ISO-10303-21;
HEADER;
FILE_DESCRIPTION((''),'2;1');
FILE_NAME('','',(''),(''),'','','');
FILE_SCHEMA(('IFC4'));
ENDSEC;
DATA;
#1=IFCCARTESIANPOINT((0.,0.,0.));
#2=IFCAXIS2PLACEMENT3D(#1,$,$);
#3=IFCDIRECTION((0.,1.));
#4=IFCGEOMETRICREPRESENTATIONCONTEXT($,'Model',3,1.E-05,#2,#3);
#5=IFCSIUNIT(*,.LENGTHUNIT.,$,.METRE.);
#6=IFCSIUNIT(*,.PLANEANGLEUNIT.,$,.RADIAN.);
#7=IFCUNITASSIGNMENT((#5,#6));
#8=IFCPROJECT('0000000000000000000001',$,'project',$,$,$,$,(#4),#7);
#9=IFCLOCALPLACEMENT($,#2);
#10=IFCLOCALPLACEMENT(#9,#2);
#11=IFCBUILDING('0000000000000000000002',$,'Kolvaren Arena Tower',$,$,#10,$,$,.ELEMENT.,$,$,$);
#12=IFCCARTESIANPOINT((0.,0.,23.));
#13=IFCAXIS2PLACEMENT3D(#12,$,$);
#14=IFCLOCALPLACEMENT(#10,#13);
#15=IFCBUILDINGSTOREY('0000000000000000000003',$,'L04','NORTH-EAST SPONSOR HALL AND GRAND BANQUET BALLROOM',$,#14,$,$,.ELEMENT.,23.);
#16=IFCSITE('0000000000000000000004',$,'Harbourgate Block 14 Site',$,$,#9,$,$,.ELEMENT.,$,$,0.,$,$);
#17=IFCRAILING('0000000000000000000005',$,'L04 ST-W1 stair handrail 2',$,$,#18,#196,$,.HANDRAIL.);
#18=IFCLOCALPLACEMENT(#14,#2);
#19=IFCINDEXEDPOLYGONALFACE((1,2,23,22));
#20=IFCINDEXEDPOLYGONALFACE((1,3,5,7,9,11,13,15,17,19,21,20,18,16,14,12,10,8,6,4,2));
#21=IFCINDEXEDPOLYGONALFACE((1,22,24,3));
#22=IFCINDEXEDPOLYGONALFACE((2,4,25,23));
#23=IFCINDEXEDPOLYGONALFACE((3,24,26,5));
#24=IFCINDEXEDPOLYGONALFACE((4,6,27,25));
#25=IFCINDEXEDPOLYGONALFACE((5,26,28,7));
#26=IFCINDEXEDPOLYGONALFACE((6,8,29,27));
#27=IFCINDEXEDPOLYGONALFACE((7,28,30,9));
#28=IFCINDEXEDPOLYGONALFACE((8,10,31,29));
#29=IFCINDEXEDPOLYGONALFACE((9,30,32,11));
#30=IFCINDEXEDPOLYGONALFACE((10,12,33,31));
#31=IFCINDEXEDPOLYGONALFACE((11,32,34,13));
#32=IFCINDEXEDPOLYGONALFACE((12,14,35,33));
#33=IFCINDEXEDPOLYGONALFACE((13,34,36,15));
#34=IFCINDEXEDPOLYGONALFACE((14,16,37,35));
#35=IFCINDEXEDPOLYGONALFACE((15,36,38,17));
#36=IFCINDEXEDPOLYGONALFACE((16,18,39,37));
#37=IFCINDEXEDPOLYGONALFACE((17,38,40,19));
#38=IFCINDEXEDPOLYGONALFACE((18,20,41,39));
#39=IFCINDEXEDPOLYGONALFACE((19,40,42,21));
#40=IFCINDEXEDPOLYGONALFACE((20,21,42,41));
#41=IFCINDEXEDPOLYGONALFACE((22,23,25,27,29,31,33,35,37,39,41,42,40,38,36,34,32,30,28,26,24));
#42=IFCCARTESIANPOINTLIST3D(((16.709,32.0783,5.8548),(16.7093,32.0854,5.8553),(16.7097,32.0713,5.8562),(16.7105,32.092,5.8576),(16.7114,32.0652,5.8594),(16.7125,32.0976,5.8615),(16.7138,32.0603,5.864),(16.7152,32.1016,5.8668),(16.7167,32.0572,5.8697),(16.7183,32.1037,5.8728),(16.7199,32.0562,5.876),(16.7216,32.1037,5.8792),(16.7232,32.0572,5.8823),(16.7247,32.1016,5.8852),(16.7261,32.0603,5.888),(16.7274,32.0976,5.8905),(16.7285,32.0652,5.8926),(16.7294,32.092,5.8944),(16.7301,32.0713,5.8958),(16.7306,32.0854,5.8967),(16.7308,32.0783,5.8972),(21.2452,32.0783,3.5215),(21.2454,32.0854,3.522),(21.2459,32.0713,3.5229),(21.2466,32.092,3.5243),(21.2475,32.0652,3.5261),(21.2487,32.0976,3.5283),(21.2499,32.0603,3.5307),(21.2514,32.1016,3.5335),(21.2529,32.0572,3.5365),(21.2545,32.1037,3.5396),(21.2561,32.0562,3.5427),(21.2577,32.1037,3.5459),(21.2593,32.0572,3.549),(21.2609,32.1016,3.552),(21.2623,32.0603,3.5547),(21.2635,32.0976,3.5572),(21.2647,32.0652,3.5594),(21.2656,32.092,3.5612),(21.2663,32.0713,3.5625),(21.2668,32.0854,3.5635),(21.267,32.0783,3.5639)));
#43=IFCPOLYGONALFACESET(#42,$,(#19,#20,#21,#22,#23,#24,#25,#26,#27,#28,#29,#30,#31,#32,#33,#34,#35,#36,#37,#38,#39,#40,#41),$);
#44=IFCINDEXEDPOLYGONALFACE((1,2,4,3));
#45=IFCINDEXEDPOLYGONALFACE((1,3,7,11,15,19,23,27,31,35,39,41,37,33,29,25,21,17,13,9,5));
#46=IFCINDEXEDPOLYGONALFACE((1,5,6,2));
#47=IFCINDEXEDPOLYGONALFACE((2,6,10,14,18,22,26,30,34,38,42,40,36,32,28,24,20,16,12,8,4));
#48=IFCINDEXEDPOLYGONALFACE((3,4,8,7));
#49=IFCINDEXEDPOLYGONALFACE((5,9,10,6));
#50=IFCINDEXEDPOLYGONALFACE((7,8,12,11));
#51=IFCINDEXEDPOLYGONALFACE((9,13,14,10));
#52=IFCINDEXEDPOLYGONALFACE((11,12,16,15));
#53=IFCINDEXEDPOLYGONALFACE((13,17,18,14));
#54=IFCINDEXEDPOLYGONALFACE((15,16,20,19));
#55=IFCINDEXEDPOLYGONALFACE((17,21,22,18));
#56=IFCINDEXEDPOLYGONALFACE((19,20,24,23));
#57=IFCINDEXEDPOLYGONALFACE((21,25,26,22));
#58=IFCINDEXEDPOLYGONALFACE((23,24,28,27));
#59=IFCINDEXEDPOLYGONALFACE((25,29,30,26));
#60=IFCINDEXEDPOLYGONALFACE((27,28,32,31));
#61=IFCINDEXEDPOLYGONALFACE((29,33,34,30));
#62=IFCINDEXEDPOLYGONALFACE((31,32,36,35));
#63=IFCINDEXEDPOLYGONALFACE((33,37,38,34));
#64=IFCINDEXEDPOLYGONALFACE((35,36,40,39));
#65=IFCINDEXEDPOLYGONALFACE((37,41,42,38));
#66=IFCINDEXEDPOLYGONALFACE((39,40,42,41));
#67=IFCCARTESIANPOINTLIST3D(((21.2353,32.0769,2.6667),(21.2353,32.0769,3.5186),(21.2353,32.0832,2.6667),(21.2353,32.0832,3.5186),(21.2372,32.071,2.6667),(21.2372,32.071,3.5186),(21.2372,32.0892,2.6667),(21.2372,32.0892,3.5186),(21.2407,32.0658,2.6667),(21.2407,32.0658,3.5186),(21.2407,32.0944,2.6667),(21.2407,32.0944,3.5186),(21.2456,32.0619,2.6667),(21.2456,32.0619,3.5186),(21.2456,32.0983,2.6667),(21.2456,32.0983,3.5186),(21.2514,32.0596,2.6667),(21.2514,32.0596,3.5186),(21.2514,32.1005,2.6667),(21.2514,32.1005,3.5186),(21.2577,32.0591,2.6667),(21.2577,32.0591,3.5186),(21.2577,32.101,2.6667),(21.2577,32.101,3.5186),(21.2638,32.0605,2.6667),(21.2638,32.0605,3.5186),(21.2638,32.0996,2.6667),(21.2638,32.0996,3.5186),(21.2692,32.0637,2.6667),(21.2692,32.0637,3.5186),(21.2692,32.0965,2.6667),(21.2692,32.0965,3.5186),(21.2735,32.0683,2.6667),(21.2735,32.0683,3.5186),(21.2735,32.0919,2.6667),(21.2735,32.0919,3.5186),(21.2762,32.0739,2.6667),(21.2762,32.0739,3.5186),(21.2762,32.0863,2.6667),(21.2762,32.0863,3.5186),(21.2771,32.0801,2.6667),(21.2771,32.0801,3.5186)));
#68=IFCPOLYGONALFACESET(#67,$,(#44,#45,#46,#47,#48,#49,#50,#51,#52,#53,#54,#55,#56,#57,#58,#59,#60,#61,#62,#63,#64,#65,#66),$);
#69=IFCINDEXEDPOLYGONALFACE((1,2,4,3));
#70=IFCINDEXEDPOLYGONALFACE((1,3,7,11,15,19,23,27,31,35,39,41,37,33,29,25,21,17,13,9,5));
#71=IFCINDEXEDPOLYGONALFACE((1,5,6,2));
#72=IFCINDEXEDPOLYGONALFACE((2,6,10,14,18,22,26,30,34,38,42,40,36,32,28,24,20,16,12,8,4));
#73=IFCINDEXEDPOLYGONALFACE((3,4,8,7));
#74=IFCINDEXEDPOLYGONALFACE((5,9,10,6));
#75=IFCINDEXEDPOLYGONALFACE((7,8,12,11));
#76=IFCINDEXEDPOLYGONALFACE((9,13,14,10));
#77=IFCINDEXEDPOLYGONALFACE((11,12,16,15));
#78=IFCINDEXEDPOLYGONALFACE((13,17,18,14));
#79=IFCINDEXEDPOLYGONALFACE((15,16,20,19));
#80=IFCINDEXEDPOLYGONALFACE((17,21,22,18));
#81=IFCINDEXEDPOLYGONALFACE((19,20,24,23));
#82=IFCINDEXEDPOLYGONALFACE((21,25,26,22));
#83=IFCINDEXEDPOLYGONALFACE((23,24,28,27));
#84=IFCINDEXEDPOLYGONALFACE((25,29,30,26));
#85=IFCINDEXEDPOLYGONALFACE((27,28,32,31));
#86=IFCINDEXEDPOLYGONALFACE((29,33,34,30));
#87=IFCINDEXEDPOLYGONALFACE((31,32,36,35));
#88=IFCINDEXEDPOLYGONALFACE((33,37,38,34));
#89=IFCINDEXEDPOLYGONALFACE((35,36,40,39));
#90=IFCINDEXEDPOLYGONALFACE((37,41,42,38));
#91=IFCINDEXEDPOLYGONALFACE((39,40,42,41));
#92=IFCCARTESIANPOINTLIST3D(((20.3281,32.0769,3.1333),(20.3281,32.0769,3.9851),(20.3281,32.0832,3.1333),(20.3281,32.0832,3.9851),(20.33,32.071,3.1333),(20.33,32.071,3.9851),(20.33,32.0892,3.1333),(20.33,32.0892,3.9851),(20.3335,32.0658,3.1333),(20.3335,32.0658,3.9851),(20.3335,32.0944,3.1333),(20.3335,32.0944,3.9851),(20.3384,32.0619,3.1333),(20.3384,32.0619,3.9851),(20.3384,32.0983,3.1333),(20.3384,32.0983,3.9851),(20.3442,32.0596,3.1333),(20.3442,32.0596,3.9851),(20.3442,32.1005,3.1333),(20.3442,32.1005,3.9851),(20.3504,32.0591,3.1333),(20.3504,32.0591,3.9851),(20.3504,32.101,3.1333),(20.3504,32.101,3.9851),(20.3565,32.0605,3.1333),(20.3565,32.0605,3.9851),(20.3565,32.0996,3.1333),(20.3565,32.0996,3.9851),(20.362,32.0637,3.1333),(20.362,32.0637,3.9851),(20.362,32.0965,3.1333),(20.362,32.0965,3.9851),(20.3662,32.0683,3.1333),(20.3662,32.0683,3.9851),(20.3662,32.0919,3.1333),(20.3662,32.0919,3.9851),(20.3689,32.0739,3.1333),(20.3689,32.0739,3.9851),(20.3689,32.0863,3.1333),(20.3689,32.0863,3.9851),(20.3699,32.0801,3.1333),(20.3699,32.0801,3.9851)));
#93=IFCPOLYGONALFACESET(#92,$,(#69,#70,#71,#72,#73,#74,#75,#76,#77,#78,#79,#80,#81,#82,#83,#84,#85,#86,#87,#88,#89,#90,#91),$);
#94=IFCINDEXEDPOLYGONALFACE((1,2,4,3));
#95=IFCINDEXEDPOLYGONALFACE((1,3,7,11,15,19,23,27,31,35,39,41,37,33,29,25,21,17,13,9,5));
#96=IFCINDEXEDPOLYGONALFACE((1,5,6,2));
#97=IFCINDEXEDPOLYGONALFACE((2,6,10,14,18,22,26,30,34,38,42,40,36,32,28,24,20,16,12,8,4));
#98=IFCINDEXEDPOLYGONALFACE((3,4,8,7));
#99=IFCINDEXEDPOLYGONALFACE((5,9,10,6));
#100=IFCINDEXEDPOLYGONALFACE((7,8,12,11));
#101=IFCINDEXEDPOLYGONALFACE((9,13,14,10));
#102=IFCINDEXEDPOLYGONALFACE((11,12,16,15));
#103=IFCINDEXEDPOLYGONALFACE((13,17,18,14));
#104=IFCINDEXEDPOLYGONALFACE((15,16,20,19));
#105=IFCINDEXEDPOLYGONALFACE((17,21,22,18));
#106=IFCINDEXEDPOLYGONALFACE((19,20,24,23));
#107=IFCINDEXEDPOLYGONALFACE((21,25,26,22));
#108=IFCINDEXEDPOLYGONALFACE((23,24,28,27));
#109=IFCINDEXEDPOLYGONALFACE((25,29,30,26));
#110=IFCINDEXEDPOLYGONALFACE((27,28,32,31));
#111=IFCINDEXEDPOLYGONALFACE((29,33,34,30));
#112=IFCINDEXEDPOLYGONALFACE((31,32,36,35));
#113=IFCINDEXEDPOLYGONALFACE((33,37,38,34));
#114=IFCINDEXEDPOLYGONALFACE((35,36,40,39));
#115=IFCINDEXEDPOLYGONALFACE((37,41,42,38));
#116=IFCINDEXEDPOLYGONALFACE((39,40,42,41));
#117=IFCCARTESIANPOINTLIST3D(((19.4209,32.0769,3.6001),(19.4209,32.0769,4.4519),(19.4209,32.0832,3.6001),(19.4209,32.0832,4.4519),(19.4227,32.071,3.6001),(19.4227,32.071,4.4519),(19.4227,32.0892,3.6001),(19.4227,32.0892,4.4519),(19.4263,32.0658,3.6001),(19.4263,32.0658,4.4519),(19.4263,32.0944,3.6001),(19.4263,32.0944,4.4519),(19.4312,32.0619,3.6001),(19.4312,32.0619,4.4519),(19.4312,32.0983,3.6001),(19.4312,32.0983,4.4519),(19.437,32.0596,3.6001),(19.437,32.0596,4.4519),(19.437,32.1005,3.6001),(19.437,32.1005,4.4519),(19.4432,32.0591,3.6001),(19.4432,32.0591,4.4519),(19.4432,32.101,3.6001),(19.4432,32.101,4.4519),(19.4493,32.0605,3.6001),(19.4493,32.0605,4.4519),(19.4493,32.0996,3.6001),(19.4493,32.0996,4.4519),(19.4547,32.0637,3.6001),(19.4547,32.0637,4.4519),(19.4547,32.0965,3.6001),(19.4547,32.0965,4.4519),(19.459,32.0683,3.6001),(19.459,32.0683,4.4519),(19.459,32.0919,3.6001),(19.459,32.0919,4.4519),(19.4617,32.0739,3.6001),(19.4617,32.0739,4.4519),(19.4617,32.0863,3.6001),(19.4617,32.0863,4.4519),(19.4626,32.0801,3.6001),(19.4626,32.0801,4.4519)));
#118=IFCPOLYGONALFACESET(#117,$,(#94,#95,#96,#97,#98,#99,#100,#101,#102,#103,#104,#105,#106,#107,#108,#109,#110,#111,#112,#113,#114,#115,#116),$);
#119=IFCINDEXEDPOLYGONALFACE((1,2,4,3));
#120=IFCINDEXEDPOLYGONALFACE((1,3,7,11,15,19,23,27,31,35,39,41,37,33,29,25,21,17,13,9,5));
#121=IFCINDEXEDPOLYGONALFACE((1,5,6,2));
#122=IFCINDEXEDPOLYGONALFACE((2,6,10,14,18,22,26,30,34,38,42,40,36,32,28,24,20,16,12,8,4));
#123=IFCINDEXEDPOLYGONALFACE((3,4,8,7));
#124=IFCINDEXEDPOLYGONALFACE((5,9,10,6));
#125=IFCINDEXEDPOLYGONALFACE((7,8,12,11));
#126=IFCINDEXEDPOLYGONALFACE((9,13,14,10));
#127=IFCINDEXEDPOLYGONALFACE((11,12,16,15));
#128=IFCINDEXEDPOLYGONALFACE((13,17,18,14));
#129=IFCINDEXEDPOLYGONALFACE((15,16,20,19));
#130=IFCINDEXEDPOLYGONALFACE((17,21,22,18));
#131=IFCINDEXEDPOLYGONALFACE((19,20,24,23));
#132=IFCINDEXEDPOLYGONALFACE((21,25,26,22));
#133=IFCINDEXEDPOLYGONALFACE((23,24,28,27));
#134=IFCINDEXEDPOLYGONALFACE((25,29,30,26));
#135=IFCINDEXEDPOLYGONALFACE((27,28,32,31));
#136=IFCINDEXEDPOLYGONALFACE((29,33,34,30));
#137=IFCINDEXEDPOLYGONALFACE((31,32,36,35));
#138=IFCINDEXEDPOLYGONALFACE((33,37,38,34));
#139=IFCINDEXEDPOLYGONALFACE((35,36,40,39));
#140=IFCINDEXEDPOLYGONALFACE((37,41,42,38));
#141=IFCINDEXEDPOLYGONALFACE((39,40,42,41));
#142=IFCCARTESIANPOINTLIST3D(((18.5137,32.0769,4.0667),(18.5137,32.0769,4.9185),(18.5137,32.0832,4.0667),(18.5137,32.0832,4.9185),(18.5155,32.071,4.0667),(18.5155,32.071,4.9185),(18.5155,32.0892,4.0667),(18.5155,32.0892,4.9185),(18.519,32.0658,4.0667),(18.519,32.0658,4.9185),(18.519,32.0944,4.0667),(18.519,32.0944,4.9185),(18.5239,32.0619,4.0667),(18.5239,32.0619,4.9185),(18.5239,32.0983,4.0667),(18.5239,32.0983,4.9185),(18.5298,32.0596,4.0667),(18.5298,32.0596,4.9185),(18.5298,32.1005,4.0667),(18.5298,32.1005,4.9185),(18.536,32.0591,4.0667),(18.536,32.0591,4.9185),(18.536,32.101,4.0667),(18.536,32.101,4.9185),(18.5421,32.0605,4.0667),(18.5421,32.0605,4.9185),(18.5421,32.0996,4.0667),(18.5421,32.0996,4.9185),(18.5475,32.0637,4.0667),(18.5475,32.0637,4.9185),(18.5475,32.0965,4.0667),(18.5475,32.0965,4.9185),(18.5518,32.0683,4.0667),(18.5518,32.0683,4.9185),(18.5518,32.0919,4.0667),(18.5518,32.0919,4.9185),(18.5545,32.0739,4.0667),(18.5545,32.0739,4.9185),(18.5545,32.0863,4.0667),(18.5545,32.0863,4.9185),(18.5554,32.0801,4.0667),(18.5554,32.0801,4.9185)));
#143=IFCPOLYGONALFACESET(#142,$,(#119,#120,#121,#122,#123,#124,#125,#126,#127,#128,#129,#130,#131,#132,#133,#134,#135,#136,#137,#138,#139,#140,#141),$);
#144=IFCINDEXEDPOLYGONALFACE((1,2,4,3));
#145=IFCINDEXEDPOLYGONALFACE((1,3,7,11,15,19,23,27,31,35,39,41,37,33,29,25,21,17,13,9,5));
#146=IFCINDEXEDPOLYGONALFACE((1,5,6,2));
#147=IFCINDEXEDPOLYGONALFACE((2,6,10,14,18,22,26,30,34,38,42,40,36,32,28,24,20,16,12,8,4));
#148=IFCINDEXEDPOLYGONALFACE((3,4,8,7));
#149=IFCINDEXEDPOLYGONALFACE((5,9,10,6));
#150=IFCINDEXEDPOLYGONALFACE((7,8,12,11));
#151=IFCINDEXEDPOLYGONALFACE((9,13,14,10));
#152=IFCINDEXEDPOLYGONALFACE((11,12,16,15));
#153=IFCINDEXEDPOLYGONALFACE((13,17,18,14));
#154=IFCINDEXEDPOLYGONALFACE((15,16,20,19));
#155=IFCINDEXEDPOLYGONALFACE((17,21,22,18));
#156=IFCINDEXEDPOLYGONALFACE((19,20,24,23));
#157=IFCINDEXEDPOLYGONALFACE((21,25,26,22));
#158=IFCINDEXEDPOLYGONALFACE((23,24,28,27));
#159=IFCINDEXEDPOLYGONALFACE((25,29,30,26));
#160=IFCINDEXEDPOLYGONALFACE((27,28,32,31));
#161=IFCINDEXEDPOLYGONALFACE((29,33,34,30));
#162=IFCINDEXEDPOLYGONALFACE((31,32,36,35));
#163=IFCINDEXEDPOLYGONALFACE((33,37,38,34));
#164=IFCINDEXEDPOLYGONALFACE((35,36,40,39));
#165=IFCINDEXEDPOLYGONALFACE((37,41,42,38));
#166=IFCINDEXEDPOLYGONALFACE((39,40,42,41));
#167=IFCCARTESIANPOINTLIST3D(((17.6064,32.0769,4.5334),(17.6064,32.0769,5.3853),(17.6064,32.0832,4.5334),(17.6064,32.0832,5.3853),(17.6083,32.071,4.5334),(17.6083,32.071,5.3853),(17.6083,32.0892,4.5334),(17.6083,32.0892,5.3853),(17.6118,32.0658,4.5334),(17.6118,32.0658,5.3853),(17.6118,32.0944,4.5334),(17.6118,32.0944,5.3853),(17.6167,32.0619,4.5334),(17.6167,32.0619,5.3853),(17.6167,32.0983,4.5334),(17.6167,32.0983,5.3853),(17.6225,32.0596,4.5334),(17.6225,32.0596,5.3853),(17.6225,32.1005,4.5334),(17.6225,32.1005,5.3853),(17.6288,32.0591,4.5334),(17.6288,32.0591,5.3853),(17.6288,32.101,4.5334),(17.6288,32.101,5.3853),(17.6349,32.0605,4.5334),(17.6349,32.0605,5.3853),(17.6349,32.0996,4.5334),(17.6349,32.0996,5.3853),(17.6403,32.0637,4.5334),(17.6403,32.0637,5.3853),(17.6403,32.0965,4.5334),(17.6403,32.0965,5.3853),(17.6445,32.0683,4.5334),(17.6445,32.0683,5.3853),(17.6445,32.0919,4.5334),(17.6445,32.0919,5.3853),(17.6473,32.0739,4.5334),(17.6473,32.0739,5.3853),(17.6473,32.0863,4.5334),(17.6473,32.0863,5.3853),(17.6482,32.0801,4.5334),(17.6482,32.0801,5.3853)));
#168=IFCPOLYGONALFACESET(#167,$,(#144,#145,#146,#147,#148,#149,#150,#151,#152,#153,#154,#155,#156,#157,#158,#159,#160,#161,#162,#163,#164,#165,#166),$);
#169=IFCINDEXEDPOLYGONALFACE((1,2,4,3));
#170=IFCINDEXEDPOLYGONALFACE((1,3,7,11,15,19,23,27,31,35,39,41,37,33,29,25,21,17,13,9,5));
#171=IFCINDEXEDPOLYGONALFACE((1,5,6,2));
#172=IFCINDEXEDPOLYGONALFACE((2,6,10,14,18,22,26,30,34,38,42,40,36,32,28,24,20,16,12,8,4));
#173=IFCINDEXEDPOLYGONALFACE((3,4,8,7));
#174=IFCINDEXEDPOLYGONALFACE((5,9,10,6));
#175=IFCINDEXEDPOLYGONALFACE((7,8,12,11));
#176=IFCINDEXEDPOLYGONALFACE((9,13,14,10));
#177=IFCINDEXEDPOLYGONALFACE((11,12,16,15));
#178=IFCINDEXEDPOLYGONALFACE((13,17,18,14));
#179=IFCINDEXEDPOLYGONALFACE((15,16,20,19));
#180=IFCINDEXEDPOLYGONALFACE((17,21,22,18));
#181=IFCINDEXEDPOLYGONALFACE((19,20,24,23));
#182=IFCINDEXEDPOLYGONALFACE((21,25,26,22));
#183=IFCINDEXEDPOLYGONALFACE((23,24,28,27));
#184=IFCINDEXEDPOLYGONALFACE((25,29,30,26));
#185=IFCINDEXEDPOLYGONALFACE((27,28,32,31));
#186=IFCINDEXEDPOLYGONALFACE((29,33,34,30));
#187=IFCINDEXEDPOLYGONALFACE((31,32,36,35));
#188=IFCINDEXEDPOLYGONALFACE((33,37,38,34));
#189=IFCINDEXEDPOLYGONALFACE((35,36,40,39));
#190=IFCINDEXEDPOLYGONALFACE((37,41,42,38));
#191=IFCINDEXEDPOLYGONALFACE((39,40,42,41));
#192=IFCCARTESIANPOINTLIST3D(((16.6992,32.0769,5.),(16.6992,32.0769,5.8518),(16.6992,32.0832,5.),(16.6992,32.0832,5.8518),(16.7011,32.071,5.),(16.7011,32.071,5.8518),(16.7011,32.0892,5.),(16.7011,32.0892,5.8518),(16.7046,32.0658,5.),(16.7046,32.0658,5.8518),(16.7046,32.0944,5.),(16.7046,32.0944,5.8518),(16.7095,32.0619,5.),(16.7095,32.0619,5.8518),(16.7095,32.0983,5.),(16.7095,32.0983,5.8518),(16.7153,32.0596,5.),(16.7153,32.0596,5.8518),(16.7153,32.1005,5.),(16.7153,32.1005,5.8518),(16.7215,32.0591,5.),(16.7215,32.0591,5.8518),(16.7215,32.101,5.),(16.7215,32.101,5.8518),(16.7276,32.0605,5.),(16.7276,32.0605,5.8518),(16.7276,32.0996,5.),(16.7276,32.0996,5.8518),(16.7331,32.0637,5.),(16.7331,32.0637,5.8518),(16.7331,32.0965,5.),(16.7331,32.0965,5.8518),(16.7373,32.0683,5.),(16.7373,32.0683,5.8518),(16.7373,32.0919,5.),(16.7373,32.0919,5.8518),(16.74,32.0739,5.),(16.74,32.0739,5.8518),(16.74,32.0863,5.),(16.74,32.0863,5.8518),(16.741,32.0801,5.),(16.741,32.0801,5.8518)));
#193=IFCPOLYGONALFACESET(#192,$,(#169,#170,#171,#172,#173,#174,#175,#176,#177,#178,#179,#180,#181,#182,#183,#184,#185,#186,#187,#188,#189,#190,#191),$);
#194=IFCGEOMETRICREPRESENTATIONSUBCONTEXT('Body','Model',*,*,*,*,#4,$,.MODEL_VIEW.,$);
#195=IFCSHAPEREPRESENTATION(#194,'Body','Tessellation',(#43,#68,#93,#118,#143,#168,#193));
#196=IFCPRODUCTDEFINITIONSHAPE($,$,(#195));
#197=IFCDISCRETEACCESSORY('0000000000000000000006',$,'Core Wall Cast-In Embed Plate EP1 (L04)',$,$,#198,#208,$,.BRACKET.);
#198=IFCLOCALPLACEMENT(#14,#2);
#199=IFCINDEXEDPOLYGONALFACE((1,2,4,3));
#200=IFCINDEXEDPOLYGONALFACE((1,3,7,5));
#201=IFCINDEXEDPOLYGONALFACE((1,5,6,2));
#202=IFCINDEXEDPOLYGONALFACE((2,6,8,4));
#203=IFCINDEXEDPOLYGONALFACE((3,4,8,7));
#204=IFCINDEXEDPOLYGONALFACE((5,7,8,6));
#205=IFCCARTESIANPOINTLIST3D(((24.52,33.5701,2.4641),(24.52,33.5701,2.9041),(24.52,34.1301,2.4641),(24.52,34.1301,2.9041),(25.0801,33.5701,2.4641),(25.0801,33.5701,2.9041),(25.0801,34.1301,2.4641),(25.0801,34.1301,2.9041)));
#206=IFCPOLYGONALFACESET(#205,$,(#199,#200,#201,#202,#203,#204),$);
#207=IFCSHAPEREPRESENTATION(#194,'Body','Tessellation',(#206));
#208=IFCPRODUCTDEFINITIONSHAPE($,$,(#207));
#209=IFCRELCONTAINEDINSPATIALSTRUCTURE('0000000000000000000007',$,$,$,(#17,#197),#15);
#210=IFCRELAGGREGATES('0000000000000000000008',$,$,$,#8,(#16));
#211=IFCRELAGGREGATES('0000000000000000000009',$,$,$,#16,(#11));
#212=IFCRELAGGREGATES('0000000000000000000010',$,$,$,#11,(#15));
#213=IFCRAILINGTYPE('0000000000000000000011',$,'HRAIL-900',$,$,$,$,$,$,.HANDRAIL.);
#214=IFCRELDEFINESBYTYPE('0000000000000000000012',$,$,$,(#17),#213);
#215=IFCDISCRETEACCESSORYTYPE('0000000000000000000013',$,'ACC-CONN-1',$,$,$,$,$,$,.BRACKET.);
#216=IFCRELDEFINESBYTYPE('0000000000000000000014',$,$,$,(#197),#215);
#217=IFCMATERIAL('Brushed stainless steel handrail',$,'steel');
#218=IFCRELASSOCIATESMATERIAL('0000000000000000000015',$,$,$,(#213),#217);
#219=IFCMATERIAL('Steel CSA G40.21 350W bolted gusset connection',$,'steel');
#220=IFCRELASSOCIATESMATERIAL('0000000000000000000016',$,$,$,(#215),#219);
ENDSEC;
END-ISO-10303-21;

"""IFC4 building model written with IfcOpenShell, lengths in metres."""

from ifc_helpers import new_model, si_unit, direction, frame, origin, origin_2d, place, context, subcontext, project, spatial, rectangle, circle, extrude, material, type_object, element, save


model = new_model("IFC4")

# Units and contexts
model_context = context("Model", 3, precision=1e-05, world=origin(), true_north=direction((0.0, 1.0)))
body_context = subcontext(model_context, "Body", "Model", "MODEL_VIEW")
ifc_project = project(units=[si_unit("LENGTHUNIT", "METRE"), si_unit("PLANEANGLEUNIT", "RADIAN")], contexts=[model_context])

# Site, building, storey
site_placement = place(None, origin())
site = spatial("IfcSite", under=ifc_project, at=site_placement, Name="Harbourgate Block 14 Site", CompositionType="ELEMENT", RefElevation=0.0)
building_placement = place(site_placement, origin())
building = spatial("IfcBuilding", under=site, at=building_placement, Name="Kolvaren Arena Tower", CompositionType="ELEMENT")
storey_placement = place(building_placement, frame((0.0, 0.0, 23.0)))
storey = spatial("IfcBuildingStorey", under=building, at=storey_placement, Name="L04", Description="NORTH-EAST SPONSOR HALL AND GRAND BANQUET BALLROOM", CompositionType="ELEMENT", Elevation=23.0)

# Railing
ifc_material_1 = material(Name="Brushed stainless steel handrail", Category="steel")
railing_type_1 = type_object("IfcRailingType", Name="HRAIL-900", PredefinedType="HANDRAIL", material=ifc_material_1)
railing_1_placement = place(storey_placement, frame((21.2561, 32.0801, 2.6667)))
element("IfcRailing", 1, at=railing_1_placement, inside=storey, type_object=railing_type_1, Name="L04 ST-W1 stair handrail 2", PredefinedType="HANDRAIL", context=body_context, shape_type="SweptSolid", body=[
    extrude(circle(Radius=0.0239, at=origin_2d()), frame((0.0, 0.0, 0.876), z_axis=(-0.889257, 0.0, 0.457407), x_axis=(0.0, -1.0, 0.0)), (0.0, 0.0, 1.0), 5.1011),
    extrude(circle(Radius=0.021, at=origin_2d()), origin(), (0.0, 0.0, 1.0), 0.8518),
    extrude(circle(Radius=0.021, at=origin_2d()), frame((-0.9072, 0.0, 0.4666)), (0.0, 0.0, 1.0), 0.8518),
    extrude(circle(Radius=0.021, at=origin_2d()), frame((-1.8145, 0.0, 0.9333)), (0.0, 0.0, 1.0), 0.8518),
    extrude(circle(Radius=0.021, at=origin_2d()), frame((-2.7217, 0.0, 1.3999)), (0.0, 0.0, 1.0), 0.8518),
    extrude(circle(Radius=0.021, at=origin_2d()), frame((-3.6289, 0.0, 1.8667)), (0.0, 0.0, 1.0), 0.8518),
    extrude(circle(Radius=0.021, at=origin_2d()), frame((-4.5361, 0.0, 2.3333)), (0.0, 0.0, 1.0), 0.8518),
])

# Discrete accessory
ifc_material_2 = material(Name="Steel CSA G40.21 350W bolted gusset connection", Category="steel")
discrete_accessory_type = type_object("IfcDiscreteAccessoryType", Name="ACC-CONN-1", PredefinedType="BRACKET", material=ifc_material_2)
discrete_accessory_placement = place(storey_placement, frame((24.8, 33.8501, 2.4641), z_axis=(0.0, 0.0, 1.0), x_axis=(1.0, 0.0, 0.0)))
element("IfcDiscreteAccessory", 2, at=discrete_accessory_placement, inside=storey, type_object=discrete_accessory_type, Name="Core Wall Cast-In Embed Plate EP1 (L04)", PredefinedType="BRACKET", context=body_context, shape_type="SweptSolid", body=[
    extrude(rectangle(XDim=0.5601, YDim=0.5601, at=origin_2d()), origin(), (0.0, 0.0, 1.0), 0.4399),
])

save(model, "model.ifc")
